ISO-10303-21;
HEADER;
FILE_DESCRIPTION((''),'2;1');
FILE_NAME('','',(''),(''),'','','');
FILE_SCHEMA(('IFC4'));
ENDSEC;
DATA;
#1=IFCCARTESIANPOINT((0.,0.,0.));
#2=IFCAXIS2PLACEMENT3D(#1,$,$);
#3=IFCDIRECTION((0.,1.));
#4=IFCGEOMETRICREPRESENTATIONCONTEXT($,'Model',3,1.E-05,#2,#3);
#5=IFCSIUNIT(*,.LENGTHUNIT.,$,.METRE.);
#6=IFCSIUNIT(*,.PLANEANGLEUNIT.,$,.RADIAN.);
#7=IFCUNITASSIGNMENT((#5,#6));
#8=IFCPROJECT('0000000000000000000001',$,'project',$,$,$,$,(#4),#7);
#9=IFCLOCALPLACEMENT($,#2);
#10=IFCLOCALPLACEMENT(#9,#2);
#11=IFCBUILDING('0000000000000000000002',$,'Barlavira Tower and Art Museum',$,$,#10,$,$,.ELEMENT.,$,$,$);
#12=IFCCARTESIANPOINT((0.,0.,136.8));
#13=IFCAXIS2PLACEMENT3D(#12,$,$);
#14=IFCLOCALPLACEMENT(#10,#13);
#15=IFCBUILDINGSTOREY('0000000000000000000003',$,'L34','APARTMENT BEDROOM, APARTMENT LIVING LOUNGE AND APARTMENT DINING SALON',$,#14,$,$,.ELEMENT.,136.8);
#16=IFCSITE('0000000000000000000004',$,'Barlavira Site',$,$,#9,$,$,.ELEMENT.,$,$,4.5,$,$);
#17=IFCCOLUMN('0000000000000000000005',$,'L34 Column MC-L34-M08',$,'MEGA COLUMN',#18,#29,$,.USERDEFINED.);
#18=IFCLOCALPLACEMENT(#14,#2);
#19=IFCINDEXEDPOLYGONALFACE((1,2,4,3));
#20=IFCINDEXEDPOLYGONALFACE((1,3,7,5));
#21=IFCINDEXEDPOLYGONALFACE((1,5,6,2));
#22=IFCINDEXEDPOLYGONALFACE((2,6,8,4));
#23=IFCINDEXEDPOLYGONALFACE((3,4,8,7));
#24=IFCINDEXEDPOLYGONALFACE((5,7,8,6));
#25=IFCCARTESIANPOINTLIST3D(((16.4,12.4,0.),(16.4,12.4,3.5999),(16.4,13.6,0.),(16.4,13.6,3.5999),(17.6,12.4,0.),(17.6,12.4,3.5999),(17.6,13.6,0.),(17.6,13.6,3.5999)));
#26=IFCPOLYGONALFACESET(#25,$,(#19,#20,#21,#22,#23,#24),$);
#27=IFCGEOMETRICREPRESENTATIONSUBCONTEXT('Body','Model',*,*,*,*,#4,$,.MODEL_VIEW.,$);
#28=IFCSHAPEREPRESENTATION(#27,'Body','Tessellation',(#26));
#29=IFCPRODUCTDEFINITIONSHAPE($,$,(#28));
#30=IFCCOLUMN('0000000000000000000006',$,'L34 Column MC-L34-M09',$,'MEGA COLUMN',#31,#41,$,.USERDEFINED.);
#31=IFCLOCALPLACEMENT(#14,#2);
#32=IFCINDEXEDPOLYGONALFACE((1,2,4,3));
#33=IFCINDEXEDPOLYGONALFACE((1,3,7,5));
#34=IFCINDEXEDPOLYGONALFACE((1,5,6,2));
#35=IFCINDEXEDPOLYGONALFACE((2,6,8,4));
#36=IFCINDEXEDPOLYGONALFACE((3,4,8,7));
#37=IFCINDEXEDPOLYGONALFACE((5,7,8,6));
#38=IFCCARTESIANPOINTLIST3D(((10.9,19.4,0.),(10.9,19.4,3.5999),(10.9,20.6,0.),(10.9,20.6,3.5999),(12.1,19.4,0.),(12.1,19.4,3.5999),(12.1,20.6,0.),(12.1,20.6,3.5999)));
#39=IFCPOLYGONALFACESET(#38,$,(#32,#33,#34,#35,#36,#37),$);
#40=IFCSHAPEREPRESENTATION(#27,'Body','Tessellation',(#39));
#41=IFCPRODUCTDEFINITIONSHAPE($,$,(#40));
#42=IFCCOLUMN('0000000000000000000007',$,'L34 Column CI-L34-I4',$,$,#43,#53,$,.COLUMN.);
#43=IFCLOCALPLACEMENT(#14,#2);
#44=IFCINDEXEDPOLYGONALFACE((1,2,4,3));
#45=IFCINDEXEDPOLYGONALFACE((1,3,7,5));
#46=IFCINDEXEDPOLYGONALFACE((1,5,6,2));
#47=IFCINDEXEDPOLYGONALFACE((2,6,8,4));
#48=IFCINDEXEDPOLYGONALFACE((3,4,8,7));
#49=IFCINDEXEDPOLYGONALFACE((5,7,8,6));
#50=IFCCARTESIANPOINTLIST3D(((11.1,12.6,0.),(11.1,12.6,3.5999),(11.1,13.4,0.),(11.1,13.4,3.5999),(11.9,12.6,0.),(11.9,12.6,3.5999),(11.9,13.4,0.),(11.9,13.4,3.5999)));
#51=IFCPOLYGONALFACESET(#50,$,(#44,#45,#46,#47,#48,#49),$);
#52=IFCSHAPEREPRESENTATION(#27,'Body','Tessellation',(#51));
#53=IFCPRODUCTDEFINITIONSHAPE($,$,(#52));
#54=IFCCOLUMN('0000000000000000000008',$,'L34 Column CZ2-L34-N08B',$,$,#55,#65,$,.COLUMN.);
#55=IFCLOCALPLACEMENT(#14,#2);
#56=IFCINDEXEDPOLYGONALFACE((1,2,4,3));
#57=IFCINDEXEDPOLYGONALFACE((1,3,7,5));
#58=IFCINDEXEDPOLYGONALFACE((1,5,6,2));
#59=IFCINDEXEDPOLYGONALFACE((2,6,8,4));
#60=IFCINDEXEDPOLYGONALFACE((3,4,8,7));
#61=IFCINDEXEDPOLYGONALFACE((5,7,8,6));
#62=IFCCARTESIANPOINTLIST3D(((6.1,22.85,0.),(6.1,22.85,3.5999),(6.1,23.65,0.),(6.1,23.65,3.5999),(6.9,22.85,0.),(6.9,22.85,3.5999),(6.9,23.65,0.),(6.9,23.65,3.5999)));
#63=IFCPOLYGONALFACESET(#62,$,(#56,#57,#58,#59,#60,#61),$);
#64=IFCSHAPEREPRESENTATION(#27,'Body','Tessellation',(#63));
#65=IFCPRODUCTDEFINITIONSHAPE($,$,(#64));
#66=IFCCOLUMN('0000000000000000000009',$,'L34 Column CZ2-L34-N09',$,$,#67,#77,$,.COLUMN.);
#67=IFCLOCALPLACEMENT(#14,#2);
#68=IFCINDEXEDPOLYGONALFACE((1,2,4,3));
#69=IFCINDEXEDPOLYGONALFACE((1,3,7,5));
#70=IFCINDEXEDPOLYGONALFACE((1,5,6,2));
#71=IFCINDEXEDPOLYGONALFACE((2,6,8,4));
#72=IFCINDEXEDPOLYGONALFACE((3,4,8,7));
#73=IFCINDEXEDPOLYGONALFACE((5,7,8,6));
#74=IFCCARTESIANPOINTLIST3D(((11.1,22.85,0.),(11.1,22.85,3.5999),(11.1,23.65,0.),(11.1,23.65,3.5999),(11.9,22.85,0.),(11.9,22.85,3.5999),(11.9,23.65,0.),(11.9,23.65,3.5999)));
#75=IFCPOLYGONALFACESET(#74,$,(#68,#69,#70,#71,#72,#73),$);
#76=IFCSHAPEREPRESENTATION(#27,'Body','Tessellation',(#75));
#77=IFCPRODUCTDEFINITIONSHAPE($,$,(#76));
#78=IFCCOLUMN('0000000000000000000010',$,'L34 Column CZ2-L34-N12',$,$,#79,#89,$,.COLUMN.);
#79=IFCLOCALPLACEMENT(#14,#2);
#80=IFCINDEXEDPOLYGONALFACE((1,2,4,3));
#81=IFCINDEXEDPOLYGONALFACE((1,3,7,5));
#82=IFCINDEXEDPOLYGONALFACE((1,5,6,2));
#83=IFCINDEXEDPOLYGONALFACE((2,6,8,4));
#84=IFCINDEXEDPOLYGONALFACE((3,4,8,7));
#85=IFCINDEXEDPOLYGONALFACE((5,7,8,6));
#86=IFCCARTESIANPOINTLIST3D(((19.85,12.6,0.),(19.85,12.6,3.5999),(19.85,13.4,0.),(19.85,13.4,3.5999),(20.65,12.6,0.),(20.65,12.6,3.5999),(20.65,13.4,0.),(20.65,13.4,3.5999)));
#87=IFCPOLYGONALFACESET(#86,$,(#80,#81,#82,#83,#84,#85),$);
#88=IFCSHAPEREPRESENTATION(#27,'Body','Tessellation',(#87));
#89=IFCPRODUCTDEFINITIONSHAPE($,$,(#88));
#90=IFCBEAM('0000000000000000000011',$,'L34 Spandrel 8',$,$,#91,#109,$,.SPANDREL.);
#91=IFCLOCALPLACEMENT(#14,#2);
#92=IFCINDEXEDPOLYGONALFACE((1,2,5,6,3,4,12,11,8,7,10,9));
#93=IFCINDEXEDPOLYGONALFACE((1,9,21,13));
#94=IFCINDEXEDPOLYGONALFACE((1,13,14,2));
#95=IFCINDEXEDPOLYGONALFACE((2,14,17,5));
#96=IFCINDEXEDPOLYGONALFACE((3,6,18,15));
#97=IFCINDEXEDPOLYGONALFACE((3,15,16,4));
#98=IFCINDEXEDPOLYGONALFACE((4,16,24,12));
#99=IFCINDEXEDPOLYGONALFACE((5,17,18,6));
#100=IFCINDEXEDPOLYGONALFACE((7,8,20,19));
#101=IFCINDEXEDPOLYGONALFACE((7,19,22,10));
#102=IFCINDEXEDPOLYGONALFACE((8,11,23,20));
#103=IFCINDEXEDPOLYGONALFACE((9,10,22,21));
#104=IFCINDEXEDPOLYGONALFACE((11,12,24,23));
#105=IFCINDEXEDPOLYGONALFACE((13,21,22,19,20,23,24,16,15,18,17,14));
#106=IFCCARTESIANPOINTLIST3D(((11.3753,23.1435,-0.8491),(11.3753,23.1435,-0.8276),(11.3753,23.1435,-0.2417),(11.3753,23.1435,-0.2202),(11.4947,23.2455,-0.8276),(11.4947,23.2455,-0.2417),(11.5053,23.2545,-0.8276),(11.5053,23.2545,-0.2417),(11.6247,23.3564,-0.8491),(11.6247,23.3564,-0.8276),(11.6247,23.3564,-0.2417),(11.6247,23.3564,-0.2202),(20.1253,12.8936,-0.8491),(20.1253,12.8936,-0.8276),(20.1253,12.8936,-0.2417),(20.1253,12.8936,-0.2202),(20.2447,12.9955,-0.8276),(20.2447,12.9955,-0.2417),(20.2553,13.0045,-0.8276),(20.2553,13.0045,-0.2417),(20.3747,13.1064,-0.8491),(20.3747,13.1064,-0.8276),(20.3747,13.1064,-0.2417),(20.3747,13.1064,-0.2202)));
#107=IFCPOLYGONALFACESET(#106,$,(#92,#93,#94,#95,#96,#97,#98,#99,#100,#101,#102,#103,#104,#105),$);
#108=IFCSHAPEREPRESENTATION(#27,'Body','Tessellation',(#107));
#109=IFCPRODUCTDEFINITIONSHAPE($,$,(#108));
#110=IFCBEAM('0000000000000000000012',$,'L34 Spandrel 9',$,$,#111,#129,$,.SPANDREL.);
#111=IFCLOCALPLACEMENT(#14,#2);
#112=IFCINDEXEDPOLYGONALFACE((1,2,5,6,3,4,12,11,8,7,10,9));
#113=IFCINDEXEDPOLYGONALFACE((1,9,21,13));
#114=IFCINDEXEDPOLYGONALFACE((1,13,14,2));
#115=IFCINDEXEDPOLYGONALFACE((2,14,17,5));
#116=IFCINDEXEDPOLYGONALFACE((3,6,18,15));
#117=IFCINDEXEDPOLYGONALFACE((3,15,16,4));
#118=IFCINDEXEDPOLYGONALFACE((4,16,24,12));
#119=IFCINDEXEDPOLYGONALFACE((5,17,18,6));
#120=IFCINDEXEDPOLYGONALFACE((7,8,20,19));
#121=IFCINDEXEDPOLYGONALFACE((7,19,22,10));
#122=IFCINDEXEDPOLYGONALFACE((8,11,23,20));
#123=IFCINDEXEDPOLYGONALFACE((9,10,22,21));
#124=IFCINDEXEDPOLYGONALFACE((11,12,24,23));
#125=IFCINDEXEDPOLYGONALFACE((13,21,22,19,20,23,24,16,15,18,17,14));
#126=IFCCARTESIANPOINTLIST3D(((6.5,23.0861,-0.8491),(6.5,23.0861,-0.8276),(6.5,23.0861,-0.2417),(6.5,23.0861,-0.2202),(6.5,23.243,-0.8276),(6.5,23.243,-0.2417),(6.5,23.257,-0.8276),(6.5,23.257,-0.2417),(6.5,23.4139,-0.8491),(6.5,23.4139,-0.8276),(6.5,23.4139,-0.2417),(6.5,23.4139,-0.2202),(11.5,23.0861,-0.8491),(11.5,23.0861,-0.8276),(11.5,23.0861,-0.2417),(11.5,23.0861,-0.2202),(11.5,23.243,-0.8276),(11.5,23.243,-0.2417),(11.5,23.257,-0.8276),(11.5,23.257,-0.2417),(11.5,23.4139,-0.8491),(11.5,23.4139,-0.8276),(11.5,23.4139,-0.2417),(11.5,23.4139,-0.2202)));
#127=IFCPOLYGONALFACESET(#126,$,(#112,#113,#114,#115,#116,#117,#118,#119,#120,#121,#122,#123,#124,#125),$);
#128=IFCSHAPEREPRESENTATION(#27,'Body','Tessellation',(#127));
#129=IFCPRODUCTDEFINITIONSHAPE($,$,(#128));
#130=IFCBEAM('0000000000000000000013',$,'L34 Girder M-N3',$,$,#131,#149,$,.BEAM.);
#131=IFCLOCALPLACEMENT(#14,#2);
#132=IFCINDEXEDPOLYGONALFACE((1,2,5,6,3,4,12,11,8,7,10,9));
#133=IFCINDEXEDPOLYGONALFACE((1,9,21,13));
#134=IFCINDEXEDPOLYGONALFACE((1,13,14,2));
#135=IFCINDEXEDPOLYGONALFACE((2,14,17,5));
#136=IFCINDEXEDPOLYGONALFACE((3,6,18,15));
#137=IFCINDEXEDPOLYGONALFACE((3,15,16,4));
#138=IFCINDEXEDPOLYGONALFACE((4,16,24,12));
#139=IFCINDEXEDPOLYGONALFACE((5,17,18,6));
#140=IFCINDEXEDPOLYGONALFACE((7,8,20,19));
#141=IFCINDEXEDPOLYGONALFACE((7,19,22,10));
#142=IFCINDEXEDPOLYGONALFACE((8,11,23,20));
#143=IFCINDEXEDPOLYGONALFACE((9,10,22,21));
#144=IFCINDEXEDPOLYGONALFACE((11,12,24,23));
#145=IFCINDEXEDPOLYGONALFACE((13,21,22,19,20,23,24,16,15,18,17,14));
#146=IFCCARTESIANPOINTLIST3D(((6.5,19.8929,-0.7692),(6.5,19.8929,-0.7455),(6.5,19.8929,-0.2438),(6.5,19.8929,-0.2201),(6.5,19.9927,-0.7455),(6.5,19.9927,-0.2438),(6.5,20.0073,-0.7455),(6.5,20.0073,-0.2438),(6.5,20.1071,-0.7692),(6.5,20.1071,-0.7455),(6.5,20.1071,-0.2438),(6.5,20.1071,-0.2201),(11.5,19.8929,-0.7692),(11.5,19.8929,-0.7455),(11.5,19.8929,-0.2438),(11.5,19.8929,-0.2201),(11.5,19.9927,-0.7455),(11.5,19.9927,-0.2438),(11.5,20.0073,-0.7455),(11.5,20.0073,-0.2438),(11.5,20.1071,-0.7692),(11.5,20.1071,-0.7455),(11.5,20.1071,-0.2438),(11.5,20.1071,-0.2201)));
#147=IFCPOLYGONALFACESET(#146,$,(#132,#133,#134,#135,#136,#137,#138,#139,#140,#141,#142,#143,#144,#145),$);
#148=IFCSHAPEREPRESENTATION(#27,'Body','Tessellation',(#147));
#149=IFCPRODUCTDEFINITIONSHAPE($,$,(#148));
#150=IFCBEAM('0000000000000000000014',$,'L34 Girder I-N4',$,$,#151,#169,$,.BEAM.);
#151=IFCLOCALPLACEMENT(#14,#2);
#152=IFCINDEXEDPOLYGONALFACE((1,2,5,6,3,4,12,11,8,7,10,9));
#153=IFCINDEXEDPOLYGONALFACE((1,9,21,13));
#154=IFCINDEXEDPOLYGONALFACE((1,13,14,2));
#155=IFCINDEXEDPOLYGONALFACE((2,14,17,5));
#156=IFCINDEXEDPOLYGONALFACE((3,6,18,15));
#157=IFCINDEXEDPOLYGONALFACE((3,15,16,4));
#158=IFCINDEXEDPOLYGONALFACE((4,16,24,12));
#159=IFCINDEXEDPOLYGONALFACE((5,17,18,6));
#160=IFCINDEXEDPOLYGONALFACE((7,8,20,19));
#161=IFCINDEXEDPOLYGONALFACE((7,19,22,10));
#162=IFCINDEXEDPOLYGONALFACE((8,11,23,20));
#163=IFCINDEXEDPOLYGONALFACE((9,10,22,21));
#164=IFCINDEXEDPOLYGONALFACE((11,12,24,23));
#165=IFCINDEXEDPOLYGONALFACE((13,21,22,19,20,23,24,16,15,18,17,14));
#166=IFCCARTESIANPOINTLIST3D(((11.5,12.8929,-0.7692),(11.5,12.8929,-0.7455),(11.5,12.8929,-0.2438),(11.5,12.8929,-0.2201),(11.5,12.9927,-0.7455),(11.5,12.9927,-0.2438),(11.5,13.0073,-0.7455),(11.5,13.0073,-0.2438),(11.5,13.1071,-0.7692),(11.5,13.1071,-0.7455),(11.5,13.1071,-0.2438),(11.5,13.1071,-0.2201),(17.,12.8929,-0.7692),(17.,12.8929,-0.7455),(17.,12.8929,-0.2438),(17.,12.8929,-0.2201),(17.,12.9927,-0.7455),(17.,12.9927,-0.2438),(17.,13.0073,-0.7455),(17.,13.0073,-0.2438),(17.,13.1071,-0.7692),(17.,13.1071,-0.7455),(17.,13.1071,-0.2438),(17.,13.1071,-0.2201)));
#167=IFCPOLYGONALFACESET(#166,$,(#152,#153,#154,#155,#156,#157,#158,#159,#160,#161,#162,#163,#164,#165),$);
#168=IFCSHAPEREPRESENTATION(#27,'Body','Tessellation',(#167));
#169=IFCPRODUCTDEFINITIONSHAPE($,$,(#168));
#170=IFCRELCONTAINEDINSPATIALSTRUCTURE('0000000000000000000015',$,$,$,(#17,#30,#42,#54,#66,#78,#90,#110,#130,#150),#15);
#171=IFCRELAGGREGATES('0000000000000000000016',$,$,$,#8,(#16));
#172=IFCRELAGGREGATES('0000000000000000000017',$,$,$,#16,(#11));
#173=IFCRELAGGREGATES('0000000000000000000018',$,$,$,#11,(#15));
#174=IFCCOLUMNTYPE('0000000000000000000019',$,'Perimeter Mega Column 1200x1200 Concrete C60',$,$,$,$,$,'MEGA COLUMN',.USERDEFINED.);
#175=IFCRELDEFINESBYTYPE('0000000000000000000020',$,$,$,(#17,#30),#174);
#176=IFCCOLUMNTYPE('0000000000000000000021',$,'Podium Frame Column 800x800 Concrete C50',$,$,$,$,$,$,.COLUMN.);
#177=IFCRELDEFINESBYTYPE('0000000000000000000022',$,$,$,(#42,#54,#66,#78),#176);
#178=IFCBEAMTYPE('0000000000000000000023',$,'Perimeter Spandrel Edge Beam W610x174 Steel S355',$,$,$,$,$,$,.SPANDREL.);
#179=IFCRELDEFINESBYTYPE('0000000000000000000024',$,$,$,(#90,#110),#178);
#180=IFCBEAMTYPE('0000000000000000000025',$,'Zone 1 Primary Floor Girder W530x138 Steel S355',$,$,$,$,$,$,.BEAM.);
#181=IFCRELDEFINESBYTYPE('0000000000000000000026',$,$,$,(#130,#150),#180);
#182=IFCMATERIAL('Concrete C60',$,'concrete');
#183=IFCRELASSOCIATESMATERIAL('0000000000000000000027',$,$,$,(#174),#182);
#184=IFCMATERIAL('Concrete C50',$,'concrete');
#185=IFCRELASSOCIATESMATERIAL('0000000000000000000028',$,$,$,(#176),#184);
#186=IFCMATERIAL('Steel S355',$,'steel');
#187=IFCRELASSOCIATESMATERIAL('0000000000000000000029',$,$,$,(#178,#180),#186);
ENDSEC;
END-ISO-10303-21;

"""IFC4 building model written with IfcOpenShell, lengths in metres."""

from ifc_helpers import new_model, si_unit, direction, frame, origin, origin_2d, place, context, subcontext, project, spatial, rectangle, i_section, extrude, material, material_profile, profile_set, type_object, element, save


model = new_model("IFC4")

# Units and contexts
model_context = context("Model", 3, precision=1e-05, world=origin(), true_north=direction((0.0, 1.0)))
body_context = subcontext(model_context, "Body", "Model", "MODEL_VIEW")
ifc_project = project(units=[si_unit("LENGTHUNIT", "METRE"), si_unit("PLANEANGLEUNIT", "RADIAN")], contexts=[model_context])

# Site, building, storey
site_placement = place(None, origin())
site = spatial("IfcSite", under=ifc_project, at=site_placement, Name="Barlavira Site", CompositionType="ELEMENT", RefElevation=4.5)
building_placement = place(site_placement, origin())
building = spatial("IfcBuilding", under=site, at=building_placement, Name="Barlavira Tower and Art Museum", CompositionType="ELEMENT")
storey_placement = place(building_placement, frame((0.0, 0.0, 136.8)))
storey = spatial("IfcBuildingStorey", under=building, at=storey_placement, Name="L34", Description="APARTMENT BEDROOM, APARTMENT LIVING LOUNGE AND APARTMENT DINING SALON", CompositionType="ELEMENT", Elevation=136.8)

# Columns
ifc_material_1 = material(Name="Concrete C60", Category="concrete")
ifc_material_profile_1 = material_profile(ifc_material_1, rectangle(XDim=1.2, YDim=1.2, at=origin_2d()), Name="RC-COL 1200x1200")
ifc_profile_set_1 = profile_set([ifc_material_profile_1], Name="Concrete C60")
column_type_1 = type_object("IfcColumnType", Name="Perimeter Mega Column 1200x1200 Concrete C60", ElementType="MEGA COLUMN", PredefinedType="USERDEFINED", material=ifc_profile_set_1)
for number, where, z_axis, x_axis, name in (
    (1, (17.0, 13.0, 0.0), (0.0, 0.0, 1.0), (1.0, 0.0, 0.0), "L34 Column MC-L34-M08"),
    (2, (11.5, 20.0, 0.0), (0.0, 0.0, 1.0), (1.0, 0.0, 0.0), "L34 Column MC-L34-M09"),
):
    element("IfcColumn", number, at=place(storey_placement, frame(where, z_axis=z_axis, x_axis=x_axis)), inside=storey, type_object=column_type_1, Name=name, ObjectType="MEGA COLUMN", PredefinedType="USERDEFINED", context=body_context, shape_type="SweptSolid", body=[
        extrude(rectangle(XDim=1.2, YDim=1.2, at=origin_2d()), origin(), (0.0, 0.0, 1.0), 3.5999),
    ])
ifc_material_2 = material(Name="Concrete C50", Category="concrete")
ifc_material_profile_2 = material_profile(ifc_material_2, rectangle(XDim=0.8, YDim=0.8, at=origin_2d()), Name="RC-COL 800x800")
ifc_profile_set_2 = profile_set([ifc_material_profile_2], Name="Concrete C50")
column_type_2 = type_object("IfcColumnType", Name="Podium Frame Column 800x800 Concrete C50", PredefinedType="COLUMN", material=ifc_profile_set_2)
for number, where, z_axis, x_axis, name in (
    (3, (11.5, 13.0, 0.0), (0.0, 0.0, 1.0), (1.0, 0.0, 0.0), "L34 Column CI-L34-I4"),
    (4, (6.5, 23.25, 0.0), (0.0, 0.0, 1.0), (1.0, 0.0, 0.0), "L34 Column CZ2-L34-N08B"),
    (5, (11.5, 23.25, 0.0), (0.0, 0.0, 1.0), (1.0, 0.0, 0.0), "L34 Column CZ2-L34-N09"),
    (6, (20.25, 13.0, 0.0), (0.0, 0.0, 1.0), (1.0, 0.0, 0.0), "L34 Column CZ2-L34-N12"),
):
    element("IfcColumn", number, at=place(storey_placement, frame(where, z_axis=z_axis, x_axis=x_axis)), inside=storey, type_object=column_type_2, Name=name, PredefinedType="COLUMN", context=body_context, shape_type="SweptSolid", body=[
        extrude(rectangle(XDim=0.8, YDim=0.8, at=origin_2d()), origin(), (0.0, 0.0, 1.0), 3.5999),
    ])

# Beams
ifc_material_3 = material(Name="Steel S355", Category="steel")
ifc_material_profile_3 = material_profile(ifc_material_3, i_section(OverallWidth=0.3279, OverallDepth=0.6289, WebThickness=0.0139, FlangeThickness=0.0215, at=origin_2d()), Name="W610x174.0")
ifc_profile_set_3 = profile_set([ifc_material_profile_3], Name="Steel S355")
beam_type_1 = type_object("IfcBeamType", Name="Perimeter Spandrel Edge Beam W610x174 Steel S355", PredefinedType="SPANDREL", material=ifc_profile_set_3)
beam_1_placement = place(storey_placement, frame((20.25, 13.0, -0.5347), z_axis=(-0.649262, 0.760565, 0.0), x_axis=(-0.760565, -0.649262, 0.0)))
element("IfcBeam", 7, at=beam_1_placement, inside=storey, type_object=beam_type_1, Name="L34 Spandrel 8", PredefinedType="SPANDREL", context=body_context, shape_type="SweptSolid", body=[
    extrude(i_section(OverallWidth=0.3279, OverallDepth=0.6289, WebThickness=0.0139, FlangeThickness=0.0215, at=origin_2d()), origin(), (0.0, 0.0, 1.0), 13.4768),
])
beam_2_placement = place(storey_placement, frame((6.5, 23.25, -0.5347), z_axis=(1.0, 0.0, 0.0), x_axis=(0.0, 1.0, 0.0)))
element("IfcBeam", 8, at=beam_2_placement, inside=storey, type_object=beam_type_1, Name="L34 Spandrel 9", PredefinedType="SPANDREL", context=body_context, shape_type="SweptSolid", body=[
    extrude(i_section(OverallWidth=0.3279, OverallDepth=0.6289, WebThickness=0.0139, FlangeThickness=0.0215, at=origin_2d()), origin(), (0.0, 0.0, 1.0), 5.0),
])
ifc_material_profile_4 = material_profile(ifc_material_3, i_section(OverallWidth=0.2141, OverallDepth=0.5491, WebThickness=0.0146, FlangeThickness=0.0237, at=origin_2d()), Name="W530x138.0")
ifc_profile_set_4 = profile_set([ifc_material_profile_4], Name="Steel S355")
beam_type_2 = type_object("IfcBeamType", Name="Zone 1 Primary Floor Girder W530x138 Steel S355", PredefinedType="BEAM", material=ifc_profile_set_4)
beam_3_placement = place(storey_placement, frame((6.5, 20.0, -0.4946), z_axis=(1.0, 0.0, 0.0), x_axis=(0.0, 1.0, 0.0)))
element("IfcBeam", 9, at=beam_3_placement, inside=storey, type_object=beam_type_2, Name="L34 Girder M-N3", PredefinedType="BEAM", context=body_context, shape_type="SweptSolid", body=[
    extrude(i_section(OverallWidth=0.2141, OverallDepth=0.5491, WebThickness=0.0146, FlangeThickness=0.0237, at=origin_2d()), origin(), (0.0, 0.0, 1.0), 5.0),
])
beam_4_placement = place(storey_placement, frame((11.5, 13.0, -0.4946), z_axis=(1.0, 0.0, 0.0), x_axis=(0.0, 1.0, 0.0)))
element("IfcBeam", 10, at=beam_4_placement, inside=storey, type_object=beam_type_2, Name="L34 Girder I-N4", PredefinedType="BEAM", context=body_context, shape_type="SweptSolid", body=[
    extrude(i_section(OverallWidth=0.2141, OverallDepth=0.5491, WebThickness=0.0146, FlangeThickness=0.0237, at=origin_2d()), origin(), (0.0, 0.0, 1.0), 5.5),
])

save(model, "model.ifc")
